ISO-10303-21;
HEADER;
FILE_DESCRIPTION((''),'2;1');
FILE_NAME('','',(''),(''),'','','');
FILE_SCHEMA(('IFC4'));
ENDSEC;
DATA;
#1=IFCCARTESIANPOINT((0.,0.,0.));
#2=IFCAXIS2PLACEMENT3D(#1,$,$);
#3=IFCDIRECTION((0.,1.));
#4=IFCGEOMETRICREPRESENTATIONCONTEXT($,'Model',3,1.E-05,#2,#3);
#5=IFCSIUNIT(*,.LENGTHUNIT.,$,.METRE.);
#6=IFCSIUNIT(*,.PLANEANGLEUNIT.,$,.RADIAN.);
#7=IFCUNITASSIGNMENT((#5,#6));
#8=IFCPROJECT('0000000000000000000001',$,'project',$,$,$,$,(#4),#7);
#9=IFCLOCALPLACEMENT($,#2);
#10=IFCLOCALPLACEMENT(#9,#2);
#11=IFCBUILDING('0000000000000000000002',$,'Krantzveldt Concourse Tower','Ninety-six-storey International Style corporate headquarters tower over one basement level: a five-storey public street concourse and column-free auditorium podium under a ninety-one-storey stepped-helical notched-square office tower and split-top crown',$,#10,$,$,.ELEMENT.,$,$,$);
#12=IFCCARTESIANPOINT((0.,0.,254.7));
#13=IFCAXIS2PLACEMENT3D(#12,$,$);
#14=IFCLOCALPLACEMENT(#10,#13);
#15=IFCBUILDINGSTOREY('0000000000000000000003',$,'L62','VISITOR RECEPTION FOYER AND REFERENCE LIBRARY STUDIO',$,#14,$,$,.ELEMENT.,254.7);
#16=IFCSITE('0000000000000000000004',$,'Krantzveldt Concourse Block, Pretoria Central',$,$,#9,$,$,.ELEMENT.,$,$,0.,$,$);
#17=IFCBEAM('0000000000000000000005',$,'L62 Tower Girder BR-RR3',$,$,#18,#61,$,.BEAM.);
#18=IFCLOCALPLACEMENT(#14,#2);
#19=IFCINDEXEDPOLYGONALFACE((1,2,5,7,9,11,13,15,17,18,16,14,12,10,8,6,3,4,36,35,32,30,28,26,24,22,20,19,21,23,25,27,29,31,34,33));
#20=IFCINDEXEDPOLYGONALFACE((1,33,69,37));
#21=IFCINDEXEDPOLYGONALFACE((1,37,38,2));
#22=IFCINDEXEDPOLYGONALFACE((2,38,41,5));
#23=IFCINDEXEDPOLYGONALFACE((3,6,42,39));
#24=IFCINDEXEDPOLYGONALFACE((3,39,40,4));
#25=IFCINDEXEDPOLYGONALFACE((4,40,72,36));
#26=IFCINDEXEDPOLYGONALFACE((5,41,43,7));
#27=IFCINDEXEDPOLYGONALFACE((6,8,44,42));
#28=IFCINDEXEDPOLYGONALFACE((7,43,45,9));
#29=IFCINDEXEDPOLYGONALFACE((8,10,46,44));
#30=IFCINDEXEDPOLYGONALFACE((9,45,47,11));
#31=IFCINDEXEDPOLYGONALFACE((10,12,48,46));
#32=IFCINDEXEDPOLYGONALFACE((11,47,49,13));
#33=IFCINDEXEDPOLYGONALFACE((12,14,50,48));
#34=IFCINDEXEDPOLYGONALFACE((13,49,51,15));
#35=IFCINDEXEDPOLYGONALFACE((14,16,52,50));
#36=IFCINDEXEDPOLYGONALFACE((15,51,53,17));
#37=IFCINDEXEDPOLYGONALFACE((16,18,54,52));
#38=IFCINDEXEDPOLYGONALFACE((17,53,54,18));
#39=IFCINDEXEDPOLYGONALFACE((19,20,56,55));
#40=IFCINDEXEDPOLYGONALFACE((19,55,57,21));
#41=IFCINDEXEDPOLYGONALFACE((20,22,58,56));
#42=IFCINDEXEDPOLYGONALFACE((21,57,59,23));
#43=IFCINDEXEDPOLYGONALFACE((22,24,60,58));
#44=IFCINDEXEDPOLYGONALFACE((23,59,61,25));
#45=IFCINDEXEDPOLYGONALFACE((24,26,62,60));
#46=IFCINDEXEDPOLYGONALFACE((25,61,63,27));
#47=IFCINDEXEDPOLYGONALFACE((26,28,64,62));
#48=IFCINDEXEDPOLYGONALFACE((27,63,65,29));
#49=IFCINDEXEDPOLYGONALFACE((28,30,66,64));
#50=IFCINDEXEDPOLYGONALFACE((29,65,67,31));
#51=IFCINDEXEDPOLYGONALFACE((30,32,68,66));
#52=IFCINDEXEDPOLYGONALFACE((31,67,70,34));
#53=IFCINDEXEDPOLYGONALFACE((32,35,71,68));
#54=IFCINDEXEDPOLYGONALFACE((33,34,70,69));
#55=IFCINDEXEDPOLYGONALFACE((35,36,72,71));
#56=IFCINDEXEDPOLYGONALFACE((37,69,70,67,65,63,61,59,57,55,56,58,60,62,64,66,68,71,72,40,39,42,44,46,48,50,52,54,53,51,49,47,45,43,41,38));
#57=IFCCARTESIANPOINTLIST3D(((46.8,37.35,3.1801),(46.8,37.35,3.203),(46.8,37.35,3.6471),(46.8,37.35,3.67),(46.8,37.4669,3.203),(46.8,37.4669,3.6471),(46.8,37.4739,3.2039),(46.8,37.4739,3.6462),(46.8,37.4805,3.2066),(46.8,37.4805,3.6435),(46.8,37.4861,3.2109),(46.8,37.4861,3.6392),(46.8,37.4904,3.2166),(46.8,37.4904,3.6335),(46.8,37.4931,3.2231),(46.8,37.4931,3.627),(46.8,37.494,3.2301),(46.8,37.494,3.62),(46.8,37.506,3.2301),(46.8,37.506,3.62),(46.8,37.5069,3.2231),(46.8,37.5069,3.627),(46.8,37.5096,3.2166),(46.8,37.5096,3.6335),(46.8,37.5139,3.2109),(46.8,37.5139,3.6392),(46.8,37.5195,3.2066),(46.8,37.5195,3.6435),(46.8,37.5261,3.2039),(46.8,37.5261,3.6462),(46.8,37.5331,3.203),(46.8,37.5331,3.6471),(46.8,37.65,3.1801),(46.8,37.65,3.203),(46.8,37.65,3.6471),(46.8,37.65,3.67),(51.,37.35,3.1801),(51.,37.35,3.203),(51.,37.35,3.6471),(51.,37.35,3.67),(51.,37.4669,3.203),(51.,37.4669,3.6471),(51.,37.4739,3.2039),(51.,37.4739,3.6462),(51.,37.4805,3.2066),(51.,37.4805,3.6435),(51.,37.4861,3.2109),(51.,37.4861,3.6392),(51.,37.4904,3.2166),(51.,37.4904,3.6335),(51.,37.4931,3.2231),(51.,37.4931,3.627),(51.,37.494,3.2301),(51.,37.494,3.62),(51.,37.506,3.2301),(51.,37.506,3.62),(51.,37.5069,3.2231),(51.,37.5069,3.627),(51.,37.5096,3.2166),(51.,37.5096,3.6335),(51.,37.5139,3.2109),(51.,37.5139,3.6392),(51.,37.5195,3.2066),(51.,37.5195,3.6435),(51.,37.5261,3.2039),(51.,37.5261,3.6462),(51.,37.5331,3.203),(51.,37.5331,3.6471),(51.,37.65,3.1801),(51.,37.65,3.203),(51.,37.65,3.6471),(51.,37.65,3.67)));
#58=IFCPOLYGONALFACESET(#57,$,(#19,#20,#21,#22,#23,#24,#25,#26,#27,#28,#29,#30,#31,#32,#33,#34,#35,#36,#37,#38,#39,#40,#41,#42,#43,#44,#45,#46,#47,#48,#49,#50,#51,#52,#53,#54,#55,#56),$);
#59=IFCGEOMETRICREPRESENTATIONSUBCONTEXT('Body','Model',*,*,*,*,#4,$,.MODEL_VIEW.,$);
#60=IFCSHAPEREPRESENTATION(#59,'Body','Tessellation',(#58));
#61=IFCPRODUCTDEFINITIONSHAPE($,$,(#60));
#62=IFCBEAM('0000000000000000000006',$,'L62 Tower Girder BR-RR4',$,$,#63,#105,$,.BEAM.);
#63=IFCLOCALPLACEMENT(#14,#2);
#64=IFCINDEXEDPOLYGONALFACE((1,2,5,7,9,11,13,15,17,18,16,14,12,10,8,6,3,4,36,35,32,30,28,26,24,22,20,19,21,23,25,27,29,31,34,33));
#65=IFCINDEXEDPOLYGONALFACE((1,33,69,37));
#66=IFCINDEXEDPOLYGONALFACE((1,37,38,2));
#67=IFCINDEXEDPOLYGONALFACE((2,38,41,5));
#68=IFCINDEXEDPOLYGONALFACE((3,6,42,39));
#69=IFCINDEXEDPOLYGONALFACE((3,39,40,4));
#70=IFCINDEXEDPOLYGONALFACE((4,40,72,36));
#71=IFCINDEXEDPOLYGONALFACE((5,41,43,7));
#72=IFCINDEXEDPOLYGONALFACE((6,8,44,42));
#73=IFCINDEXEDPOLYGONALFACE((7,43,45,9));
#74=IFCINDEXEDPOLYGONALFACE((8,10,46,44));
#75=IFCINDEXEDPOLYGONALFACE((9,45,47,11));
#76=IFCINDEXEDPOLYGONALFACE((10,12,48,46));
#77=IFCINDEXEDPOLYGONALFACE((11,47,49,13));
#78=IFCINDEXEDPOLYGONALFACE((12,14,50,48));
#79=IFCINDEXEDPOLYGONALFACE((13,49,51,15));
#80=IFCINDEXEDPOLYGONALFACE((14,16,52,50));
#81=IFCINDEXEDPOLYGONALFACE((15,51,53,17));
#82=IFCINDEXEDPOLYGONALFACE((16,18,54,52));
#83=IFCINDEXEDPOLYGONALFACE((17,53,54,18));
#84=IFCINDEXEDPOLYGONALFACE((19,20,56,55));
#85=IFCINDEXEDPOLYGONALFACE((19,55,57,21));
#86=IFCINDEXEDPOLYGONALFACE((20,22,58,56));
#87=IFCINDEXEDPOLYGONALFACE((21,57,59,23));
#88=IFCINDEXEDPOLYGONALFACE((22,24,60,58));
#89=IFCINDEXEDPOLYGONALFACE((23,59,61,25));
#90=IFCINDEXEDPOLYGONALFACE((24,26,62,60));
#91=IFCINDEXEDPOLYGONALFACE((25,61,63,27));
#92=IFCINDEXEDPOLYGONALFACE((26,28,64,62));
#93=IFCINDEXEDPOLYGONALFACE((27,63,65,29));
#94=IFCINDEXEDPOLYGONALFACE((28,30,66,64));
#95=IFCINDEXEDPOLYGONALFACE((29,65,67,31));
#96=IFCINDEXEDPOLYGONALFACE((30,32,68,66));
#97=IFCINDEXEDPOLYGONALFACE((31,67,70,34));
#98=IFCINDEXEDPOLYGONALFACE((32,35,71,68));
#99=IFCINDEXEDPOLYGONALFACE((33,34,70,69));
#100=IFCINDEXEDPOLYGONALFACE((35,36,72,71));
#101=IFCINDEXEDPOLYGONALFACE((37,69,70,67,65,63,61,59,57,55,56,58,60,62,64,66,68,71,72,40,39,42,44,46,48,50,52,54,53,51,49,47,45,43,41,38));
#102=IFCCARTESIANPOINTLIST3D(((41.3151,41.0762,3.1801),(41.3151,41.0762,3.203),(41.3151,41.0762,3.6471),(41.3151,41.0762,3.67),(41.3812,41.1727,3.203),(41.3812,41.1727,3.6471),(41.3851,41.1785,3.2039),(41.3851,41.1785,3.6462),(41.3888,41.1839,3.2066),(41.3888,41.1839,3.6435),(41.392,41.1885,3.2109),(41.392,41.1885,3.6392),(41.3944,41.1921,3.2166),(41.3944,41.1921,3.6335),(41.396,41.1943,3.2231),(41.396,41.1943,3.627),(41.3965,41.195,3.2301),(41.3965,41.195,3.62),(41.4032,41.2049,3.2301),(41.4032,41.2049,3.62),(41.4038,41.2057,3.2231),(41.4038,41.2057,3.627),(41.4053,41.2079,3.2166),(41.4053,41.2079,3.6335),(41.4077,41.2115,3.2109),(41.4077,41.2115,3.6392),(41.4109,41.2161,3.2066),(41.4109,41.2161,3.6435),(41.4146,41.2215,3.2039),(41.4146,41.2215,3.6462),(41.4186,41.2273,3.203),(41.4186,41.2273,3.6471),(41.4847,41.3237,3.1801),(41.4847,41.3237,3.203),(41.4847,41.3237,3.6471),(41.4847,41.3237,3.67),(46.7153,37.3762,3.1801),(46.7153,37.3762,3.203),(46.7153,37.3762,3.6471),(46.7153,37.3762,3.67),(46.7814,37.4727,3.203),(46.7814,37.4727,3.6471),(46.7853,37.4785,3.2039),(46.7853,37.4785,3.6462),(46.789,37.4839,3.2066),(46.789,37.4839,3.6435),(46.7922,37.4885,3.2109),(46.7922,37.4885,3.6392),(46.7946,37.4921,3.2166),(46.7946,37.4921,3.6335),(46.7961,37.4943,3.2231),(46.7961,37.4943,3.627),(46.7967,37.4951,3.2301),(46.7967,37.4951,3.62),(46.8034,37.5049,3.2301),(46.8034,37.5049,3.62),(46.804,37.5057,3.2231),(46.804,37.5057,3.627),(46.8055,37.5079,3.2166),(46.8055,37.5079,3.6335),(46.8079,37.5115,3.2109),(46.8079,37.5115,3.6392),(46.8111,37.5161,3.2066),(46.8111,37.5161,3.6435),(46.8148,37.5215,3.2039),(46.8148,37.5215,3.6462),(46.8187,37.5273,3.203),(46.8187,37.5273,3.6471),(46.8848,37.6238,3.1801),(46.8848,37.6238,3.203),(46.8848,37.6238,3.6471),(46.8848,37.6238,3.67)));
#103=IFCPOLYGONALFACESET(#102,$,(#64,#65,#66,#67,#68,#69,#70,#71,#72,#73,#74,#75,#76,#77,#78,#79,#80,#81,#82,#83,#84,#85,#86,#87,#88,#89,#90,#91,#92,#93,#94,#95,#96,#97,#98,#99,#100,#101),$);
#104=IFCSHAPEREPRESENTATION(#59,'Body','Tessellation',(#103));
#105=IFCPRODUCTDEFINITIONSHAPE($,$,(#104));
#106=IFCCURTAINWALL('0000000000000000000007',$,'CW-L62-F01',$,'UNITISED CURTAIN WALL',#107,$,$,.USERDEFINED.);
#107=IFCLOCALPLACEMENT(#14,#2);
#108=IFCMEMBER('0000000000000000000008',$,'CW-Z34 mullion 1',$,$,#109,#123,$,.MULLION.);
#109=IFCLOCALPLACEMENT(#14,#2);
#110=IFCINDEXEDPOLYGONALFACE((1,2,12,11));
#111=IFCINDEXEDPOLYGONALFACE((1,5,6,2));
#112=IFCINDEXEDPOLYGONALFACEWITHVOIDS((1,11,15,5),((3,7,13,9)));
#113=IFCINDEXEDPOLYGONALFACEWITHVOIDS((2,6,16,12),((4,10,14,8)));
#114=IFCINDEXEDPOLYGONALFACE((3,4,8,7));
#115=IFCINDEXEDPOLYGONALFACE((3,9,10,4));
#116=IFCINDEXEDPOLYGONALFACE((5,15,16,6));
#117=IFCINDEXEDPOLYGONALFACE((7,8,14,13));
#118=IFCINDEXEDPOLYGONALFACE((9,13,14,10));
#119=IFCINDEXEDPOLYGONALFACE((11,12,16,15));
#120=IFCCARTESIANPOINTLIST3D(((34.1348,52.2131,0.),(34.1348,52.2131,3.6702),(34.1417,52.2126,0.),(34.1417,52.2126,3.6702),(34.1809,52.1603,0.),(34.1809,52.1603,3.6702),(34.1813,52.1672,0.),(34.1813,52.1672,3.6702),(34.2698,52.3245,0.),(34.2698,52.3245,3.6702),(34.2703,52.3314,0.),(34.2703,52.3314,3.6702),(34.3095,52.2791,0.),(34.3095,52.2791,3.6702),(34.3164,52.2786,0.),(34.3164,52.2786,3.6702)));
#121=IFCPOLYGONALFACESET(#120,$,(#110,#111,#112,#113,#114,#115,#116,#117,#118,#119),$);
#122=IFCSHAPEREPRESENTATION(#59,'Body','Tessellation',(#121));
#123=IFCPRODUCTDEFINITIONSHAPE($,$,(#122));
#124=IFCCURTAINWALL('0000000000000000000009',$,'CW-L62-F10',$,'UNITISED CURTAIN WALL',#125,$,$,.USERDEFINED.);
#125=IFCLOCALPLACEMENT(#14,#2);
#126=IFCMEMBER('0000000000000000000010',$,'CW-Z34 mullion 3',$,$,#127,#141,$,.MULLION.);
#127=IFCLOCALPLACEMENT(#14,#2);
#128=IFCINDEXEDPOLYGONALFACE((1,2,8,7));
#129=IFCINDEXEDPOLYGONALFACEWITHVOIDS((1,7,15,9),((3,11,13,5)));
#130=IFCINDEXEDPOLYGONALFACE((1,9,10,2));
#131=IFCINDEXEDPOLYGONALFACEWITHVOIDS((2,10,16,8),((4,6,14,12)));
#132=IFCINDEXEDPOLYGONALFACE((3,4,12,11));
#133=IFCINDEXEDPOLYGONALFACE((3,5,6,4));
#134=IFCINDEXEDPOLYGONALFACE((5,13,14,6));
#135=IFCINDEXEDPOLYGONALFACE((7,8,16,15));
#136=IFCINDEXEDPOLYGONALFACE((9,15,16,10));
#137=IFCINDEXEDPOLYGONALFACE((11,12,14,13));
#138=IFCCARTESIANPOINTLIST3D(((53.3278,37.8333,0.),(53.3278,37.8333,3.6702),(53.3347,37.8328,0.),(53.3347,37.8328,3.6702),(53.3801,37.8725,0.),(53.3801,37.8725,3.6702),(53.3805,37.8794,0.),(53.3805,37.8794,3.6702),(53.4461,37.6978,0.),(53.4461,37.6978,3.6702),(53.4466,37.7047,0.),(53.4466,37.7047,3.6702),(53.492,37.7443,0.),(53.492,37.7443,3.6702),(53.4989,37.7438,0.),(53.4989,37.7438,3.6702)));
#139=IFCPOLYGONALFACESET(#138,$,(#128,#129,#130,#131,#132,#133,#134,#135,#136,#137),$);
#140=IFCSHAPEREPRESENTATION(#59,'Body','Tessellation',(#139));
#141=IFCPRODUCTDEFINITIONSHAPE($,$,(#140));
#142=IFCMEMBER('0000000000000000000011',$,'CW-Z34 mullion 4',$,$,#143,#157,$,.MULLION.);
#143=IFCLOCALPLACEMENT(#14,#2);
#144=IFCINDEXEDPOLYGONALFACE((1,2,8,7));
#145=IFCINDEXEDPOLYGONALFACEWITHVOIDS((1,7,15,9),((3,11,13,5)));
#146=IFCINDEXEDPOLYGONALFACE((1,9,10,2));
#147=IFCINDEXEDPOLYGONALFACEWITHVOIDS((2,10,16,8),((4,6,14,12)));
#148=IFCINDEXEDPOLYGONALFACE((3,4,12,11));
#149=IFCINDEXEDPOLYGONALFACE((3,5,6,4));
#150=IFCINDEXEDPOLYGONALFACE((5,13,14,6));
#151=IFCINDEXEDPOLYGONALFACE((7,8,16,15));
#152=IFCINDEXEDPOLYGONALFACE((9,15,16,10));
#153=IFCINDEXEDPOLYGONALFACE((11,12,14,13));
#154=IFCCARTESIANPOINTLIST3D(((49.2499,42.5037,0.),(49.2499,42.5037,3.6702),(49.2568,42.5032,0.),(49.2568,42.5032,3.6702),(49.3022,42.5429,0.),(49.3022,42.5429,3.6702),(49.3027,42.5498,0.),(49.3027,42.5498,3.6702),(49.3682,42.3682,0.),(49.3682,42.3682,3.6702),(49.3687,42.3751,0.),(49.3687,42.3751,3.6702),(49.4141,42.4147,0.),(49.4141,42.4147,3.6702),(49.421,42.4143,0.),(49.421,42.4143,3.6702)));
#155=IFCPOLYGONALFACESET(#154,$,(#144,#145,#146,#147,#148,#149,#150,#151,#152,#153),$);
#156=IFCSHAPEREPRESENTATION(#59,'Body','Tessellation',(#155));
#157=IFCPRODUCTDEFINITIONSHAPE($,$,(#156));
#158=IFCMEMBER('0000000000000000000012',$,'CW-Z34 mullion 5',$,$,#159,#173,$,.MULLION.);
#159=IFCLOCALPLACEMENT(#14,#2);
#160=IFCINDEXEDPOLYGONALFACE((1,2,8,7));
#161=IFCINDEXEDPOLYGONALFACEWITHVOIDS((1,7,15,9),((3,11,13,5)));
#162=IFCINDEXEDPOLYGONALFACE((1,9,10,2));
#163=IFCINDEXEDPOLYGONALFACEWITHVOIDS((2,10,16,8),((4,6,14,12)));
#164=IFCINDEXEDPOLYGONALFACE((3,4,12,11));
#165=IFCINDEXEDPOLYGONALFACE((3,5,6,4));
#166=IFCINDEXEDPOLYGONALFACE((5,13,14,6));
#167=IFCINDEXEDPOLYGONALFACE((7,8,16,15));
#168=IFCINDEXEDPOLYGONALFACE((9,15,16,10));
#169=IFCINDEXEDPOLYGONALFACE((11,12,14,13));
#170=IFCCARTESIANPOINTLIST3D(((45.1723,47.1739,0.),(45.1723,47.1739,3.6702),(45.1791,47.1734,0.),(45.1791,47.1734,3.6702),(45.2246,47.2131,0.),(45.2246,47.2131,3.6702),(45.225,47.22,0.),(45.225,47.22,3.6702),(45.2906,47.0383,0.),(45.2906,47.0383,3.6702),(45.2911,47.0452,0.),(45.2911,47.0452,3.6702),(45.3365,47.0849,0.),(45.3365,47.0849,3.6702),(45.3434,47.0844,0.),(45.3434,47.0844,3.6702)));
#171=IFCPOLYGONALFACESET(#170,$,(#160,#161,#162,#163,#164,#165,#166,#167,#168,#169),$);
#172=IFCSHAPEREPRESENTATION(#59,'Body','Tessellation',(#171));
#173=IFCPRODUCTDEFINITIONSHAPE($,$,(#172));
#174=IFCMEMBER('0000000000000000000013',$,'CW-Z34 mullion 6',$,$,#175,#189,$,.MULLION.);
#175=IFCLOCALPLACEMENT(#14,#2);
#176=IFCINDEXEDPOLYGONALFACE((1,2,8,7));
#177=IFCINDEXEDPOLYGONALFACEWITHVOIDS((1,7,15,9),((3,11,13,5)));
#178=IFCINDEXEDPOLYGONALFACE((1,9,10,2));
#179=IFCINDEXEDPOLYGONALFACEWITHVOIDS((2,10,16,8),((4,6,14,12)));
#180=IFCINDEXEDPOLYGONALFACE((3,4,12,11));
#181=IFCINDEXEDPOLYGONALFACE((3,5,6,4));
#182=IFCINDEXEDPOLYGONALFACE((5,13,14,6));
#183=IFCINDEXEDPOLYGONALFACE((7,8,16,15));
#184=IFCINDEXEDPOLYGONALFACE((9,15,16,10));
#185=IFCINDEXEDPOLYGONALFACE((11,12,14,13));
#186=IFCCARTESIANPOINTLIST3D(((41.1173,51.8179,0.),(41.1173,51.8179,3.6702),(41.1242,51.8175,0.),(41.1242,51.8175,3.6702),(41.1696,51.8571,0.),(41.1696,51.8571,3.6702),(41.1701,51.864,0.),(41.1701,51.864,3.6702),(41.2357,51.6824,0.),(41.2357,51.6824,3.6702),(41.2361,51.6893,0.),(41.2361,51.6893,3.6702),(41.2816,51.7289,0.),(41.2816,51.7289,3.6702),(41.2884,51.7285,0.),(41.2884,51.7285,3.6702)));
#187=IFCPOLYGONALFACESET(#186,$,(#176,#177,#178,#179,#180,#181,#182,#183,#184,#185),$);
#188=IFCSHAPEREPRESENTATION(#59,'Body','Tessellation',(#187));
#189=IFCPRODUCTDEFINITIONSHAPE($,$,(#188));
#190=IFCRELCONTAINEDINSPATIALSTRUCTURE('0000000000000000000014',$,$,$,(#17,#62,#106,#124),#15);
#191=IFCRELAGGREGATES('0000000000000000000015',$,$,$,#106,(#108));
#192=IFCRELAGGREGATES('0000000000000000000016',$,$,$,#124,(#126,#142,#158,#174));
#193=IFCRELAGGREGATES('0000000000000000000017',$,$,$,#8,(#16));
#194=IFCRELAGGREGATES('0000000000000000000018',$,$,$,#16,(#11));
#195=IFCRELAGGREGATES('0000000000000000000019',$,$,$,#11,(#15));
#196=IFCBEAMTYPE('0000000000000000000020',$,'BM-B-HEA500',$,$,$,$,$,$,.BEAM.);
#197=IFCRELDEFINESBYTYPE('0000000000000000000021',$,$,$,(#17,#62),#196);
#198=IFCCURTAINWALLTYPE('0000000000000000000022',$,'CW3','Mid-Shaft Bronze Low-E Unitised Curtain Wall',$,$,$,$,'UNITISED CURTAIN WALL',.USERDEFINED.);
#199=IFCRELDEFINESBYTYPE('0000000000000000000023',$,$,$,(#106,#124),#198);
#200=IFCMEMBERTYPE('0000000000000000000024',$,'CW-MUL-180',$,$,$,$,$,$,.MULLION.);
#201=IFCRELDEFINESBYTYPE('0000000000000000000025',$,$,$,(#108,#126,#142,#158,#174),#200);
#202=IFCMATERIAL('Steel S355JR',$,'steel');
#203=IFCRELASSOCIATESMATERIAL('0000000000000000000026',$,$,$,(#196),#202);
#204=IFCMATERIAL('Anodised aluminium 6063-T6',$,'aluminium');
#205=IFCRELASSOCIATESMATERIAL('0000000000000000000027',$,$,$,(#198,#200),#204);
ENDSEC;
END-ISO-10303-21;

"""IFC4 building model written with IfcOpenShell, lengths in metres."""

from ifc_helpers import new_model, si_unit, direction, frame, origin, origin_2d, place, context, subcontext, project, spatial, hollow_rectangle, i_section, extrude, source, transform, mapped, material, material_profile, profile_set, type_object, type_shapes, element, aggregate, save


model = new_model("IFC4")

# Units and contexts
model_context = context("Model", 3, precision=1e-05, world=origin(), true_north=direction((0.0, 1.0)))
body_context = subcontext(model_context, "Body", "Model", "MODEL_VIEW")
ifc_project = project(units=[si_unit("LENGTHUNIT", "METRE"), si_unit("PLANEANGLEUNIT", "RADIAN")], contexts=[model_context])

# Site, building, storey
site_placement = place(None, origin())
site = spatial("IfcSite", under=ifc_project, at=site_placement, Name="Krantzveldt Concourse Block, Pretoria Central", CompositionType="ELEMENT", RefElevation=0.0)
building_placement = place(site_placement, origin())
building = spatial("IfcBuilding", under=site, at=building_placement, Name="Krantzveldt Concourse Tower", Description="Ninety-six-storey International Style corporate headquarters tower over one basement level: a five-storey public street concourse and column-free auditorium podium under a ninety-one-storey stepped-helical notched-square office tower and split-top crown", CompositionType="ELEMENT")
storey_placement = place(building_placement, frame((0.0, 0.0, 254.7)))
storey = spatial("IfcBuildingStorey", under=building, at=storey_placement, Name="L62", Description="VISITOR RECEPTION FOYER AND REFERENCE LIBRARY STUDIO", CompositionType="ELEMENT", Elevation=254.7)

# Beams
ifc_material_1 = material(Name="Steel S355JR", Category="steel")
ifc_material_profile_1 = material_profile(ifc_material_1, i_section(OverallWidth=0.3, OverallDepth=0.49, WebThickness=0.012, FlangeThickness=0.0229, FilletRadius=0.0271, at=origin_2d()), Name="Steel S355JR", Category="steel")
ifc_profile_set_1 = profile_set([ifc_material_profile_1], Name="Steel S355JR - HEA 500")
beam_type_1 = type_object("IfcBeamType", Name="BM-B-HEA500", PredefinedType="BEAM", material=ifc_profile_set_1)
shared_shape_1 = source(origin(), body_context, "Body", "SweptSolid", [
    extrude(i_section(OverallWidth=0.3, OverallDepth=0.49, WebThickness=0.012, FlangeThickness=0.0229, FilletRadius=0.0271, at=origin_2d()), origin(), (0.0, 0.0, 1.0), 4.2),
])
beam_1_placement = place(storey_placement, frame((46.8, 37.5, 3.425), z_axis=(1.0, 0.0, 0.0), x_axis=(0.0, 1.0, 0.0)))
element("IfcBeam", 1, at=beam_1_placement, inside=storey, type_object=beam_type_1, Name="L62 Tower Girder BR-RR3", PredefinedType="BEAM", context=body_context, shape_type="MappedRepresentation", body=[
    mapped(shared_shape_1, transform((0.0, 0.0, 0.0), x_axis=(1.0, 0.0, 0.0), y_axis=(0.0, 1.0, 0.0), z_axis=(0.0, 0.0, 1.0), scale=1.0)),
])
shared_shape_2 = source(origin(), body_context, "Body", "SweptSolid", [
    extrude(i_section(OverallWidth=0.3, OverallDepth=0.49, WebThickness=0.012, FlangeThickness=0.0229, FilletRadius=0.0271, at=origin_2d()), origin(), (0.0, 0.0, 1.0), 6.5461),
])
type_shapes(beam_type_1, [shared_shape_1, shared_shape_2])
beam_2_placement = place(storey_placement, frame((46.8, 37.5, 3.425), z_axis=(-0.824943, 0.565216, 0.0), x_axis=(-0.565216, -0.824943, 0.0)))
element("IfcBeam", 2, at=beam_2_placement, inside=storey, type_object=beam_type_1, Name="L62 Tower Girder BR-RR4", PredefinedType="BEAM", context=body_context, shape_type="MappedRepresentation", body=[
    mapped(shared_shape_2, transform((0.0, 0.0, 0.0), x_axis=(1.0, 0.0, 0.0), y_axis=(0.0, 1.0, 0.0), z_axis=(0.0, 0.0, 1.0), scale=1.0)),
])

# Curtain wall, member
ifc_material_2 = material(Name="Anodised aluminium 6063-T6", Category="aluminium")
curtain_wall_type = type_object("IfcCurtainWallType", Name="CW3", Description="Mid-Shaft Bronze Low-E Unitised Curtain Wall", ElementType="UNITISED CURTAIN WALL", PredefinedType="USERDEFINED", material=ifc_material_2)
curtain_wall_1_placement = place(storey_placement, origin())
curtain_wall_1 = element("IfcCurtainWall", 3, at=curtain_wall_1_placement, inside=storey, type_object=curtain_wall_type, Name="CW-L62-F01", ObjectType="UNITISED CURTAIN WALL", PredefinedType="USERDEFINED")
ifc_material_profile_2 = material_profile(ifc_material_2, hollow_rectangle(XDim=0.0701, YDim=0.1799, WallThickness=0.0049, at=origin_2d()), Name="Anodised aluminium 6063-T6", Category="aluminium")
ifc_profile_set_2 = profile_set([ifc_material_profile_2], Name="Anodised aluminium 6063-T6 - ALU-MULL 180x70x5")
member_type_1 = type_object("IfcMemberType", Name="CW-MUL-180", PredefinedType="MULLION", material=ifc_profile_set_2)
shared_shape_3 = source(origin(), body_context, "Body", "SweptSolid", [
    extrude(hollow_rectangle(XDim=0.0701, YDim=0.1799, WallThickness=0.0049, at=origin_2d()), origin(), (0.0, 0.0, 1.0), 3.6702),
])
type_shapes(member_type_1, [shared_shape_3])
member_1_placement = place(storey_placement, frame((34.2256, 52.2458, 0.0), z_axis=(0.0, 0.0, 1.0), x_axis=(0.657704, -0.753277, 0.0)))
member_1 = element("IfcMember", 4, at=member_1_placement, type_object=member_type_1, Name="CW-Z34 mullion 1", PredefinedType="MULLION", context=body_context, shape_type="MappedRepresentation", body=[
    mapped(shared_shape_3, transform((0.0, 0.0, 0.0), x_axis=(1.0, 0.0, 0.0), y_axis=(0.0, 1.0, 0.0), z_axis=(0.0, 0.0, 1.0), scale=1.0)),
])

# Curtain wall, members
curtain_wall_2_placement = place(storey_placement, origin())
curtain_wall_2 = element("IfcCurtainWall", 5, at=curtain_wall_2_placement, inside=storey, type_object=curtain_wall_type, Name="CW-L62-F10", ObjectType="UNITISED CURTAIN WALL", PredefinedType="USERDEFINED")
member_2_placement = place(storey_placement, frame((53.4133, 37.7886, 0.0), z_axis=(0.0, 0.0, 1.0), x_axis=(-0.753277, -0.657704, 0.0)))
member_2 = element("IfcMember", 6, at=member_2_placement, type_object=member_type_1, Name="CW-Z34 mullion 3", PredefinedType="MULLION", context=body_context, shape_type="MappedRepresentation", body=[
    mapped(shared_shape_3, transform((0.0, 0.0, 0.0), x_axis=(1.0, 0.0, 0.0), y_axis=(0.0, 1.0, 0.0), z_axis=(0.0, 0.0, 1.0), scale=1.0)),
])
member_3_placement = place(storey_placement, frame((49.3354, 42.459, 0.0), z_axis=(0.0, 0.0, 1.0), x_axis=(-0.753277, -0.657704, 0.0)))
member_3 = element("IfcMember", 7, at=member_3_placement, type_object=member_type_1, Name="CW-Z34 mullion 4", PredefinedType="MULLION", context=body_context, shape_type="MappedRepresentation", body=[
    mapped(shared_shape_3, transform((0.0, 0.0, 0.0), x_axis=(1.0, 0.0, 0.0), y_axis=(0.0, 1.0, 0.0), z_axis=(0.0, 0.0, 1.0), scale=1.0)),
])
member_4_placement = place(storey_placement, frame((45.2578, 47.1292, 0.0), z_axis=(0.0, 0.0, 1.0), x_axis=(-0.753277, -0.657704, 0.0)))
member_4 = element("IfcMember", 8, at=member_4_placement, type_object=member_type_1, Name="CW-Z34 mullion 5", PredefinedType="MULLION", context=body_context, shape_type="MappedRepresentation", body=[
    mapped(shared_shape_3, transform((0.0, 0.0, 0.0), x_axis=(1.0, 0.0, 0.0), y_axis=(0.0, 1.0, 0.0), z_axis=(0.0, 0.0, 1.0), scale=1.0)),
])
member_5_placement = place(storey_placement, frame((41.2029, 51.7732, 0.0), z_axis=(0.0, 0.0, 1.0), x_axis=(-0.753277, -0.657704, 0.0)))
member_5 = element("IfcMember", 9, at=member_5_placement, type_object=member_type_1, Name="CW-Z34 mullion 6", PredefinedType="MULLION", context=body_context, shape_type="MappedRepresentation", body=[
    mapped(shared_shape_3, transform((0.0, 0.0, 0.0), x_axis=(1.0, 0.0, 0.0), y_axis=(0.0, 1.0, 0.0), z_axis=(0.0, 0.0, 1.0), scale=1.0)),
])

aggregate(curtain_wall_1, [member_1])

aggregate(curtain_wall_2, [member_2, member_3, member_4, member_5])

save(model, "model.ifc")
